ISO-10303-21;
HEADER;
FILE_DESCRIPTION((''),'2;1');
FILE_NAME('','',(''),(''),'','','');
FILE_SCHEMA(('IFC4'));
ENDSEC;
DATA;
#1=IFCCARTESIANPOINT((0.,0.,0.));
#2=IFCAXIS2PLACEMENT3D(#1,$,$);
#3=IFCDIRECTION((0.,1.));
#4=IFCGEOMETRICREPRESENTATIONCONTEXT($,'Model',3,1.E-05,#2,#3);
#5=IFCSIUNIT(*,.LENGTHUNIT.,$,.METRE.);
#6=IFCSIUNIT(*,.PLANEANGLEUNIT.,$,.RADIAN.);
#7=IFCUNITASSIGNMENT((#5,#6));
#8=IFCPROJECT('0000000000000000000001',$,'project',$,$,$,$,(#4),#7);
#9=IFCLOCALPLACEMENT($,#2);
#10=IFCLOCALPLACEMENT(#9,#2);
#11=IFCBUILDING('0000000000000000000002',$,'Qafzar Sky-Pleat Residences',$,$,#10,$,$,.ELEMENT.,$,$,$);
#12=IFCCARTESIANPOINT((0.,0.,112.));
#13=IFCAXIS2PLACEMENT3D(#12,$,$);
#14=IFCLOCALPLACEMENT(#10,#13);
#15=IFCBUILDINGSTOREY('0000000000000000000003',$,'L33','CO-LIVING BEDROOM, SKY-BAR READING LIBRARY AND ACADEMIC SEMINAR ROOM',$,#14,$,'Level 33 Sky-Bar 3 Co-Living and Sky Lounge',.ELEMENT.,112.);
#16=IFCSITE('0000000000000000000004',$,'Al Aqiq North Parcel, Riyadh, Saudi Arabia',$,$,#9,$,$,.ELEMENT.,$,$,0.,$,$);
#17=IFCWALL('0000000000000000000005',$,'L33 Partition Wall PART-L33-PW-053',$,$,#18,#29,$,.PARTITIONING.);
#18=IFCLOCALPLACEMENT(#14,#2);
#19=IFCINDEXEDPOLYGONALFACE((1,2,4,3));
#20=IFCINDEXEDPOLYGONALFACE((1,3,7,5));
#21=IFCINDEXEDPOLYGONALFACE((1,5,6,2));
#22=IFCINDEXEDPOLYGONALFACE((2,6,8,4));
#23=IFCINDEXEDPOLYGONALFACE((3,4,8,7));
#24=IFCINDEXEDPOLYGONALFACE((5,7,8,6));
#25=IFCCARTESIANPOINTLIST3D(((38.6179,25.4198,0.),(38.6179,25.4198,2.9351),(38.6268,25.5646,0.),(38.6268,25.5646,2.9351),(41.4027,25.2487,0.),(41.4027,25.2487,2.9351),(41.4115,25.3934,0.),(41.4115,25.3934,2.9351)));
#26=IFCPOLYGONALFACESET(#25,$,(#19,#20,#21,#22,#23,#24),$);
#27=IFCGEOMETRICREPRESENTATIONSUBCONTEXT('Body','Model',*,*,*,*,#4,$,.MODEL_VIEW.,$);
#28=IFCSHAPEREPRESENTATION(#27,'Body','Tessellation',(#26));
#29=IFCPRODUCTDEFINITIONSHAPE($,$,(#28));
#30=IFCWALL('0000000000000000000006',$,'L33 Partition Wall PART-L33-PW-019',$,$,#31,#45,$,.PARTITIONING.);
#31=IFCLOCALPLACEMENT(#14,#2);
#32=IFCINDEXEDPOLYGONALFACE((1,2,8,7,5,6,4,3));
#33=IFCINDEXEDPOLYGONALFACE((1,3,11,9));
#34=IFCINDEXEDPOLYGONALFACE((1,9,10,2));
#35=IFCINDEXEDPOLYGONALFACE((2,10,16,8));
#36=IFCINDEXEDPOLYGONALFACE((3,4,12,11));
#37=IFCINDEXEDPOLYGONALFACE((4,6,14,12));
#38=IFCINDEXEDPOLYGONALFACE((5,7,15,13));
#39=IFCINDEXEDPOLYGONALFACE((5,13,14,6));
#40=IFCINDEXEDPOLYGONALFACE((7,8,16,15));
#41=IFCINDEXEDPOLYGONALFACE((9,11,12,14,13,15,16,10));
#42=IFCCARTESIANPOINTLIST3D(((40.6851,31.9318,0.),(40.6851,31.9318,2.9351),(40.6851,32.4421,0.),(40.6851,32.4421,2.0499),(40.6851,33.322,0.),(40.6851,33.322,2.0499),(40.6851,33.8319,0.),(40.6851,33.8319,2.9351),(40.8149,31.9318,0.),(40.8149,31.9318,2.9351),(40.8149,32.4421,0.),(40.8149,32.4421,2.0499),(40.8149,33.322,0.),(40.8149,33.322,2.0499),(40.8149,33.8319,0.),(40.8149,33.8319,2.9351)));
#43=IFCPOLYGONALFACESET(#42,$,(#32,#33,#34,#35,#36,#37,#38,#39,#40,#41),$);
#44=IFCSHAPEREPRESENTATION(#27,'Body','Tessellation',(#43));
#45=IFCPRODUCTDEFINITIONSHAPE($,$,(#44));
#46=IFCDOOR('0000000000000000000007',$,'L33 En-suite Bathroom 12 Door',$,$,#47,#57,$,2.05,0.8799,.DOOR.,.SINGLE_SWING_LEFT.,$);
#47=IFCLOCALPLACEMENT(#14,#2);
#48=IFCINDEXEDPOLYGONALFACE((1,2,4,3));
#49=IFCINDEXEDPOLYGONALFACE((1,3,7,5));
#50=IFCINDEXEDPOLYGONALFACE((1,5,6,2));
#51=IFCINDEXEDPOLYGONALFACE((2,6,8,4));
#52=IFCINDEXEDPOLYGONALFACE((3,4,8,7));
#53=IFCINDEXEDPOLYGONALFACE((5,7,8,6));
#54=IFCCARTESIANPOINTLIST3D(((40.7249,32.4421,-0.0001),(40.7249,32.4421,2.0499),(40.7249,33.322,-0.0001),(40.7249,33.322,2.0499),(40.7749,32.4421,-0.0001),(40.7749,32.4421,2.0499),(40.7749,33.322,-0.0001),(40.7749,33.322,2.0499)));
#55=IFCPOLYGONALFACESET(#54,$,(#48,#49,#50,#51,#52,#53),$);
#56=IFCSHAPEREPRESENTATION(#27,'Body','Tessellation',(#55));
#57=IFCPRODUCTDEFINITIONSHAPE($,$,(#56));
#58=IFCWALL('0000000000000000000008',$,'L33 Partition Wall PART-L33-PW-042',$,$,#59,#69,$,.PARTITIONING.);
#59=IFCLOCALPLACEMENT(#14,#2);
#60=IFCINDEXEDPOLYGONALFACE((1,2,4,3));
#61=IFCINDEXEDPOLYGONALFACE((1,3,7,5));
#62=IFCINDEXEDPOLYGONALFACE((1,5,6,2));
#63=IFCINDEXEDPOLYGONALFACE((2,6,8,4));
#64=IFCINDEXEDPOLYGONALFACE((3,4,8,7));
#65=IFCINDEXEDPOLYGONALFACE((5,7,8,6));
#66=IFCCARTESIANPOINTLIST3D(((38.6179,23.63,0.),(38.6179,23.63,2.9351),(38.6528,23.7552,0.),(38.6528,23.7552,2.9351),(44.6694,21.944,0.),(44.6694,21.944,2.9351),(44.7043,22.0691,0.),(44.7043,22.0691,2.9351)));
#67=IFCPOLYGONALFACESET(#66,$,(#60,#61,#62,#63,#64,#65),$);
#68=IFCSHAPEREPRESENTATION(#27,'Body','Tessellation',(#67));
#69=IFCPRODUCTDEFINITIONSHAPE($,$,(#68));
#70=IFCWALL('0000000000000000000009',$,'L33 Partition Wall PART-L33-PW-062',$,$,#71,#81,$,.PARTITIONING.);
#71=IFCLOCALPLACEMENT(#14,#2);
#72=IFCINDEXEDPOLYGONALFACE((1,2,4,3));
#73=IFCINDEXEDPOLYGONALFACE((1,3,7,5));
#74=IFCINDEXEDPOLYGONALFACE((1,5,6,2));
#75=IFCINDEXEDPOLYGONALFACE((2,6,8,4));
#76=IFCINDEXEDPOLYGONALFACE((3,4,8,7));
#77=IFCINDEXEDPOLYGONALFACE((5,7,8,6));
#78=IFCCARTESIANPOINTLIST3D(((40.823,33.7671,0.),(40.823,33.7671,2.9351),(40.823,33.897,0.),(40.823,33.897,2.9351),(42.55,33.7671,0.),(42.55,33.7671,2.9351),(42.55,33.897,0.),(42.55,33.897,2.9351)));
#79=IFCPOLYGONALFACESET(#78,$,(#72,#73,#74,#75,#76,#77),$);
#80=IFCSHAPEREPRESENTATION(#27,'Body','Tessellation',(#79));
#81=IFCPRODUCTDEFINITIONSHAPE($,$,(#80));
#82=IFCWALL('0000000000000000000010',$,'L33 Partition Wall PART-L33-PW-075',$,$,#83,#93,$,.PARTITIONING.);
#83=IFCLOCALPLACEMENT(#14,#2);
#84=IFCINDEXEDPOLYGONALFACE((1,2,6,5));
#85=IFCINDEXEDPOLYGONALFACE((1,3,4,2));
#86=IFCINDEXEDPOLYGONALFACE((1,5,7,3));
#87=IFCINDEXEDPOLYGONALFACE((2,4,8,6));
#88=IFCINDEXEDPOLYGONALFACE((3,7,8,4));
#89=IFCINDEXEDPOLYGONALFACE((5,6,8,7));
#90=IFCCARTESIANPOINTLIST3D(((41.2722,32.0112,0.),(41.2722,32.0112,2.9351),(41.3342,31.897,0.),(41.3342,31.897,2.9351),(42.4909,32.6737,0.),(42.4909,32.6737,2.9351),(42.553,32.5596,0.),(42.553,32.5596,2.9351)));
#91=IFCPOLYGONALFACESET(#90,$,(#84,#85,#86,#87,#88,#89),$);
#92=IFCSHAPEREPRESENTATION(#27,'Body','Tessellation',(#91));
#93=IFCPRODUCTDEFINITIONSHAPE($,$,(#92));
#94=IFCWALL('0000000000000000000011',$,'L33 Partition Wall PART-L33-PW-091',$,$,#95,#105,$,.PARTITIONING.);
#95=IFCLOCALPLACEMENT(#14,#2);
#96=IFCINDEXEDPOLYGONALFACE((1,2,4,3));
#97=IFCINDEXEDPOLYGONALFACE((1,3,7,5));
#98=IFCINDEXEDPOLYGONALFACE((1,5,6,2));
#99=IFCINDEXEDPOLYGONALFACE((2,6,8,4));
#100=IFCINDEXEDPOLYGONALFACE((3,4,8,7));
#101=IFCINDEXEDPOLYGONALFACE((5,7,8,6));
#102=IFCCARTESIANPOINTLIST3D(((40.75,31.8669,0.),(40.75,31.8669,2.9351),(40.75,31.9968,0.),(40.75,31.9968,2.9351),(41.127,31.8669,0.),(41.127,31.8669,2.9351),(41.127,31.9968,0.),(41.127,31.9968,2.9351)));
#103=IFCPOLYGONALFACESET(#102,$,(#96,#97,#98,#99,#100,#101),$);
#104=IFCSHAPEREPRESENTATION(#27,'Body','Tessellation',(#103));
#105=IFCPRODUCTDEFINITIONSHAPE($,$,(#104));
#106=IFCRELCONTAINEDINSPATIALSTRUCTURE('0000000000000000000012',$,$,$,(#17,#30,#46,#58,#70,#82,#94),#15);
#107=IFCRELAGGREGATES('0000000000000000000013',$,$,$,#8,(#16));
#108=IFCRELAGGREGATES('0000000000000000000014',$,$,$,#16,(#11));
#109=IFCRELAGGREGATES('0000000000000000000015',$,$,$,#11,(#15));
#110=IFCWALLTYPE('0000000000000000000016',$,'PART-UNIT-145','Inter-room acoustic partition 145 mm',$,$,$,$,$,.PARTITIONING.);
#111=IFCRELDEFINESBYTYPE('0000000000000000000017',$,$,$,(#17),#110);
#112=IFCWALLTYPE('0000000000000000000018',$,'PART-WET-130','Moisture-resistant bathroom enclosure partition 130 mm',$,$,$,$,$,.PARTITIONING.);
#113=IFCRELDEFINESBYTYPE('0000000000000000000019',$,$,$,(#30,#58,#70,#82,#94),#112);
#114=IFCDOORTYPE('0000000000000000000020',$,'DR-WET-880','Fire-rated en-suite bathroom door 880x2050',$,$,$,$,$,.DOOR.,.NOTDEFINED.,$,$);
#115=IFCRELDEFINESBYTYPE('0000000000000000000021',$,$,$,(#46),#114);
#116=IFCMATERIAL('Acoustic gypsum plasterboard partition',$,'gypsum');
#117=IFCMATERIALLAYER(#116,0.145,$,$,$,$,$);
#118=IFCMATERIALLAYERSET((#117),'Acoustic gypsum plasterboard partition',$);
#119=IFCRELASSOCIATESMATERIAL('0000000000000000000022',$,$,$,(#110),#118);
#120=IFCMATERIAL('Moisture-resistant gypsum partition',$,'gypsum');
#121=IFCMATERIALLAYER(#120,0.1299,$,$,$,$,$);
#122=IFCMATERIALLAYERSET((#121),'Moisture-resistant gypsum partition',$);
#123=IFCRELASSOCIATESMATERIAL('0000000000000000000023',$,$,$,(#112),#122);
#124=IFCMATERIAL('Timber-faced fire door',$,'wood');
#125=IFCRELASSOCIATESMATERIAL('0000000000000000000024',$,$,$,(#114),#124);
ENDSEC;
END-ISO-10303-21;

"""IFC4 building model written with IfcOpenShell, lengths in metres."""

from ifc_helpers import new_model, si_unit, direction, frame, frame_2d, origin, place, context, subcontext, project, spatial, rectangle, extrude, source, transform, mapped, material, layer, layer_set, type_object, element, fill, save


model = new_model("IFC4")

# Units and contexts
model_context = context("Model", 3, precision=1e-05, world=origin(), true_north=direction((0.0, 1.0)))
body_context = subcontext(model_context, "Body", "Model", "MODEL_VIEW")
ifc_project = project(units=[si_unit("LENGTHUNIT", "METRE"), si_unit("PLANEANGLEUNIT", "RADIAN")], contexts=[model_context])

# Site, building, storey
site_placement = place(None, origin())
site = spatial("IfcSite", under=ifc_project, at=site_placement, Name="Al Aqiq North Parcel, Riyadh, Saudi Arabia", CompositionType="ELEMENT", RefElevation=0.0)
building_placement = place(site_placement, origin())
building = spatial("IfcBuilding", under=site, at=building_placement, Name="Qafzar Sky-Pleat Residences", CompositionType="ELEMENT")
storey_placement = place(building_placement, frame((0.0, 0.0, 112.0)))
storey = spatial("IfcBuildingStorey", under=building, at=storey_placement, Name="L33", Description="CO-LIVING BEDROOM, SKY-BAR READING LIBRARY AND ACADEMIC SEMINAR ROOM", LongName="Level 33 Sky-Bar 3 Co-Living and Sky Lounge", CompositionType="ELEMENT", Elevation=112.0)

# Shared definitions
ifc_material_1 = material(Name="Acoustic gypsum plasterboard partition", Category="gypsum")
ifc_material_2 = material(Name="Timber-faced fire door", Category="wood")

# Wall
ifc_layer_1 = layer(ifc_material_1, 0.145)
ifc_layer_set_1 = layer_set([ifc_layer_1], Name="Acoustic gypsum plasterboard partition")
wall_type_1 = type_object("IfcWallType", Name="PART-UNIT-145", Description="Inter-room acoustic partition 145 mm", PredefinedType="PARTITIONING", material=ifc_layer_set_1)
wall_1_placement = place(storey_placement, frame((38.6223, 25.4922, 0.0), z_axis=(0.0, 0.0, 1.0), x_axis=(0.998117, -0.061343, 0.0)))
element("IfcWall", 1, at=wall_1_placement, inside=storey, type_object=wall_type_1, Name="L33 Partition Wall PART-L33-PW-053", PredefinedType="PARTITIONING", context=body_context, shape_type="SweptSolid", body=[
    extrude(rectangle(XDim=2.79, YDim=0.145, at=frame_2d((1.395, 0.0))), origin(), (0.0, 0.0, 1.0), 2.9351),
])

# Wall, opening, door
ifc_material_3 = material(Name="Moisture-resistant gypsum partition", Category="gypsum")
ifc_layer_2 = layer(ifc_material_3, 0.1299)
ifc_layer_set_2 = layer_set([ifc_layer_2], Name="Moisture-resistant gypsum partition")
wall_type_2 = type_object("IfcWallType", Name="PART-WET-130", Description="Moisture-resistant bathroom enclosure partition 130 mm", PredefinedType="PARTITIONING", material=ifc_layer_set_2)
wall_2_placement = place(storey_placement, frame((40.75, 33.832, 0.0), z_axis=(0.0, 0.0, 1.0), x_axis=(0.0, -1.0, 0.0)))
wall_2 = element("IfcWall", 2, at=wall_2_placement, inside=storey, type_object=wall_type_2, Name="L33 Partition Wall PART-L33-PW-019", PredefinedType="PARTITIONING", context=body_context, shape_type="SweptSolid", body=[
    extrude(rectangle(XDim=1.9001, YDim=0.1299, at=frame_2d((0.9502, 0.0))), origin(), (0.0, 0.0, 1.0), 2.9351),
])
opening_1_placement = place(wall_2_placement, frame((0.51, 0.0, 0.0)))
opening_1 = element("IfcOpeningElement", 3, at=opening_1_placement, cuts=wall_2, PredefinedType="OPENING", context=body_context, shape_type="SweptSolid", body=[
    extrude(rectangle(XDim=0.8799, YDim=2.05, at=frame_2d((0.4399, 1.0249))), frame((0.0, 0.075, 0.0), z_axis=(0.0, -1.0, 0.0), x_axis=(1.0, 0.0, 0.0)), (0.0, 0.0, 1.0), 0.1499),
])
door_type_1 = type_object("IfcDoorType", Name="DR-WET-880", Description="Fire-rated en-suite bathroom door 880x2050", OperationType="NOTDEFINED", PredefinedType="DOOR", material=ifc_material_2)
shared_shape_1 = source(origin(), body_context, "Body", "SweptSolid", [
    extrude(rectangle(XDim=0.8799, YDim=2.05, at=frame_2d((0.4399, 1.0249))), frame((0.0, 0.0249, 0.0), z_axis=(0.0, -1.0, 0.0), x_axis=(1.0, 0.0, 0.0)), (0.0, 0.0, 1.0), 0.05),
])
door_1_placement = place(opening_1_placement, origin())
door_1 = element("IfcDoor", 4, at=door_1_placement, inside=storey, type_object=door_type_1, Name="L33 En-suite Bathroom 12 Door", OperationType="SINGLE_SWING_LEFT", OverallHeight=2.05, OverallWidth=0.8799, PredefinedType="DOOR", context=body_context, shape_type="MappedRepresentation", body=[
    mapped(shared_shape_1, transform((0.0, 0.0, 0.0), x_axis=(1.0, 0.0, 0.0), y_axis=(0.0, 1.0, 0.0), z_axis=(0.0, 0.0, 1.0), scale=1.0)),
])
fill(opening_1, door_1)

# Walls
wall_3_placement = place(storey_placement, frame((38.6353, 23.6926, 0.0), z_axis=(0.0, 0.0, 1.0), x_axis=(0.96331, -0.268391, 0.0)))
element("IfcWall", 5, at=wall_3_placement, inside=storey, type_object=wall_type_2, Name="L33 Partition Wall PART-L33-PW-042", PredefinedType="PARTITIONING", context=body_context, shape_type="SweptSolid", body=[
    extrude(rectangle(XDim=6.282, YDim=0.1299, at=frame_2d((3.1411, 0.0))), origin(), (0.0, 0.0, 1.0), 2.9351),
])
wall_4_placement = place(storey_placement, frame((40.823, 33.832, 0.0), z_axis=(0.0, 0.0, 1.0), x_axis=(1.0, 0.0, 0.0)))
element("IfcWall", 6, at=wall_4_placement, inside=storey, type_object=wall_type_2, Name="L33 Partition Wall PART-L33-PW-062", PredefinedType="PARTITIONING", context=body_context, shape_type="SweptSolid", body=[
    extrude(rectangle(XDim=1.7271, YDim=0.1299, at=frame_2d((0.8635, 0.0))), origin(), (0.0, 0.0, 1.0), 2.9351),
])
wall_5_placement = place(storey_placement, frame((41.3032, 31.9541, 0.0), z_axis=(0.0, 0.0, 1.0), x_axis=(0.878554, 0.477643, 0.0)))
element("IfcWall", 7, at=wall_5_placement, inside=storey, type_object=wall_type_2, Name="L33 Partition Wall PART-L33-PW-075", PredefinedType="PARTITIONING", context=body_context, shape_type="SweptSolid", body=[
    extrude(rectangle(XDim=1.3872, YDim=0.1299, at=frame_2d((0.6936, 0.0))), origin(), (0.0, 0.0, 1.0), 2.9351),
])
wall_6_placement = place(storey_placement, frame((40.75, 31.9319, 0.0), z_axis=(0.0, 0.0, 1.0), x_axis=(1.0, 0.0, 0.0)))
element("IfcWall", 8, at=wall_6_placement, inside=storey, type_object=wall_type_2, Name="L33 Partition Wall PART-L33-PW-091", PredefinedType="PARTITIONING", context=body_context, shape_type="SweptSolid", body=[
    extrude(rectangle(XDim=0.377, YDim=0.1299, at=frame_2d((0.1885, 0.0))), origin(), (0.0, 0.0, 1.0), 2.9351),
])

save(model, "model.ifc")
